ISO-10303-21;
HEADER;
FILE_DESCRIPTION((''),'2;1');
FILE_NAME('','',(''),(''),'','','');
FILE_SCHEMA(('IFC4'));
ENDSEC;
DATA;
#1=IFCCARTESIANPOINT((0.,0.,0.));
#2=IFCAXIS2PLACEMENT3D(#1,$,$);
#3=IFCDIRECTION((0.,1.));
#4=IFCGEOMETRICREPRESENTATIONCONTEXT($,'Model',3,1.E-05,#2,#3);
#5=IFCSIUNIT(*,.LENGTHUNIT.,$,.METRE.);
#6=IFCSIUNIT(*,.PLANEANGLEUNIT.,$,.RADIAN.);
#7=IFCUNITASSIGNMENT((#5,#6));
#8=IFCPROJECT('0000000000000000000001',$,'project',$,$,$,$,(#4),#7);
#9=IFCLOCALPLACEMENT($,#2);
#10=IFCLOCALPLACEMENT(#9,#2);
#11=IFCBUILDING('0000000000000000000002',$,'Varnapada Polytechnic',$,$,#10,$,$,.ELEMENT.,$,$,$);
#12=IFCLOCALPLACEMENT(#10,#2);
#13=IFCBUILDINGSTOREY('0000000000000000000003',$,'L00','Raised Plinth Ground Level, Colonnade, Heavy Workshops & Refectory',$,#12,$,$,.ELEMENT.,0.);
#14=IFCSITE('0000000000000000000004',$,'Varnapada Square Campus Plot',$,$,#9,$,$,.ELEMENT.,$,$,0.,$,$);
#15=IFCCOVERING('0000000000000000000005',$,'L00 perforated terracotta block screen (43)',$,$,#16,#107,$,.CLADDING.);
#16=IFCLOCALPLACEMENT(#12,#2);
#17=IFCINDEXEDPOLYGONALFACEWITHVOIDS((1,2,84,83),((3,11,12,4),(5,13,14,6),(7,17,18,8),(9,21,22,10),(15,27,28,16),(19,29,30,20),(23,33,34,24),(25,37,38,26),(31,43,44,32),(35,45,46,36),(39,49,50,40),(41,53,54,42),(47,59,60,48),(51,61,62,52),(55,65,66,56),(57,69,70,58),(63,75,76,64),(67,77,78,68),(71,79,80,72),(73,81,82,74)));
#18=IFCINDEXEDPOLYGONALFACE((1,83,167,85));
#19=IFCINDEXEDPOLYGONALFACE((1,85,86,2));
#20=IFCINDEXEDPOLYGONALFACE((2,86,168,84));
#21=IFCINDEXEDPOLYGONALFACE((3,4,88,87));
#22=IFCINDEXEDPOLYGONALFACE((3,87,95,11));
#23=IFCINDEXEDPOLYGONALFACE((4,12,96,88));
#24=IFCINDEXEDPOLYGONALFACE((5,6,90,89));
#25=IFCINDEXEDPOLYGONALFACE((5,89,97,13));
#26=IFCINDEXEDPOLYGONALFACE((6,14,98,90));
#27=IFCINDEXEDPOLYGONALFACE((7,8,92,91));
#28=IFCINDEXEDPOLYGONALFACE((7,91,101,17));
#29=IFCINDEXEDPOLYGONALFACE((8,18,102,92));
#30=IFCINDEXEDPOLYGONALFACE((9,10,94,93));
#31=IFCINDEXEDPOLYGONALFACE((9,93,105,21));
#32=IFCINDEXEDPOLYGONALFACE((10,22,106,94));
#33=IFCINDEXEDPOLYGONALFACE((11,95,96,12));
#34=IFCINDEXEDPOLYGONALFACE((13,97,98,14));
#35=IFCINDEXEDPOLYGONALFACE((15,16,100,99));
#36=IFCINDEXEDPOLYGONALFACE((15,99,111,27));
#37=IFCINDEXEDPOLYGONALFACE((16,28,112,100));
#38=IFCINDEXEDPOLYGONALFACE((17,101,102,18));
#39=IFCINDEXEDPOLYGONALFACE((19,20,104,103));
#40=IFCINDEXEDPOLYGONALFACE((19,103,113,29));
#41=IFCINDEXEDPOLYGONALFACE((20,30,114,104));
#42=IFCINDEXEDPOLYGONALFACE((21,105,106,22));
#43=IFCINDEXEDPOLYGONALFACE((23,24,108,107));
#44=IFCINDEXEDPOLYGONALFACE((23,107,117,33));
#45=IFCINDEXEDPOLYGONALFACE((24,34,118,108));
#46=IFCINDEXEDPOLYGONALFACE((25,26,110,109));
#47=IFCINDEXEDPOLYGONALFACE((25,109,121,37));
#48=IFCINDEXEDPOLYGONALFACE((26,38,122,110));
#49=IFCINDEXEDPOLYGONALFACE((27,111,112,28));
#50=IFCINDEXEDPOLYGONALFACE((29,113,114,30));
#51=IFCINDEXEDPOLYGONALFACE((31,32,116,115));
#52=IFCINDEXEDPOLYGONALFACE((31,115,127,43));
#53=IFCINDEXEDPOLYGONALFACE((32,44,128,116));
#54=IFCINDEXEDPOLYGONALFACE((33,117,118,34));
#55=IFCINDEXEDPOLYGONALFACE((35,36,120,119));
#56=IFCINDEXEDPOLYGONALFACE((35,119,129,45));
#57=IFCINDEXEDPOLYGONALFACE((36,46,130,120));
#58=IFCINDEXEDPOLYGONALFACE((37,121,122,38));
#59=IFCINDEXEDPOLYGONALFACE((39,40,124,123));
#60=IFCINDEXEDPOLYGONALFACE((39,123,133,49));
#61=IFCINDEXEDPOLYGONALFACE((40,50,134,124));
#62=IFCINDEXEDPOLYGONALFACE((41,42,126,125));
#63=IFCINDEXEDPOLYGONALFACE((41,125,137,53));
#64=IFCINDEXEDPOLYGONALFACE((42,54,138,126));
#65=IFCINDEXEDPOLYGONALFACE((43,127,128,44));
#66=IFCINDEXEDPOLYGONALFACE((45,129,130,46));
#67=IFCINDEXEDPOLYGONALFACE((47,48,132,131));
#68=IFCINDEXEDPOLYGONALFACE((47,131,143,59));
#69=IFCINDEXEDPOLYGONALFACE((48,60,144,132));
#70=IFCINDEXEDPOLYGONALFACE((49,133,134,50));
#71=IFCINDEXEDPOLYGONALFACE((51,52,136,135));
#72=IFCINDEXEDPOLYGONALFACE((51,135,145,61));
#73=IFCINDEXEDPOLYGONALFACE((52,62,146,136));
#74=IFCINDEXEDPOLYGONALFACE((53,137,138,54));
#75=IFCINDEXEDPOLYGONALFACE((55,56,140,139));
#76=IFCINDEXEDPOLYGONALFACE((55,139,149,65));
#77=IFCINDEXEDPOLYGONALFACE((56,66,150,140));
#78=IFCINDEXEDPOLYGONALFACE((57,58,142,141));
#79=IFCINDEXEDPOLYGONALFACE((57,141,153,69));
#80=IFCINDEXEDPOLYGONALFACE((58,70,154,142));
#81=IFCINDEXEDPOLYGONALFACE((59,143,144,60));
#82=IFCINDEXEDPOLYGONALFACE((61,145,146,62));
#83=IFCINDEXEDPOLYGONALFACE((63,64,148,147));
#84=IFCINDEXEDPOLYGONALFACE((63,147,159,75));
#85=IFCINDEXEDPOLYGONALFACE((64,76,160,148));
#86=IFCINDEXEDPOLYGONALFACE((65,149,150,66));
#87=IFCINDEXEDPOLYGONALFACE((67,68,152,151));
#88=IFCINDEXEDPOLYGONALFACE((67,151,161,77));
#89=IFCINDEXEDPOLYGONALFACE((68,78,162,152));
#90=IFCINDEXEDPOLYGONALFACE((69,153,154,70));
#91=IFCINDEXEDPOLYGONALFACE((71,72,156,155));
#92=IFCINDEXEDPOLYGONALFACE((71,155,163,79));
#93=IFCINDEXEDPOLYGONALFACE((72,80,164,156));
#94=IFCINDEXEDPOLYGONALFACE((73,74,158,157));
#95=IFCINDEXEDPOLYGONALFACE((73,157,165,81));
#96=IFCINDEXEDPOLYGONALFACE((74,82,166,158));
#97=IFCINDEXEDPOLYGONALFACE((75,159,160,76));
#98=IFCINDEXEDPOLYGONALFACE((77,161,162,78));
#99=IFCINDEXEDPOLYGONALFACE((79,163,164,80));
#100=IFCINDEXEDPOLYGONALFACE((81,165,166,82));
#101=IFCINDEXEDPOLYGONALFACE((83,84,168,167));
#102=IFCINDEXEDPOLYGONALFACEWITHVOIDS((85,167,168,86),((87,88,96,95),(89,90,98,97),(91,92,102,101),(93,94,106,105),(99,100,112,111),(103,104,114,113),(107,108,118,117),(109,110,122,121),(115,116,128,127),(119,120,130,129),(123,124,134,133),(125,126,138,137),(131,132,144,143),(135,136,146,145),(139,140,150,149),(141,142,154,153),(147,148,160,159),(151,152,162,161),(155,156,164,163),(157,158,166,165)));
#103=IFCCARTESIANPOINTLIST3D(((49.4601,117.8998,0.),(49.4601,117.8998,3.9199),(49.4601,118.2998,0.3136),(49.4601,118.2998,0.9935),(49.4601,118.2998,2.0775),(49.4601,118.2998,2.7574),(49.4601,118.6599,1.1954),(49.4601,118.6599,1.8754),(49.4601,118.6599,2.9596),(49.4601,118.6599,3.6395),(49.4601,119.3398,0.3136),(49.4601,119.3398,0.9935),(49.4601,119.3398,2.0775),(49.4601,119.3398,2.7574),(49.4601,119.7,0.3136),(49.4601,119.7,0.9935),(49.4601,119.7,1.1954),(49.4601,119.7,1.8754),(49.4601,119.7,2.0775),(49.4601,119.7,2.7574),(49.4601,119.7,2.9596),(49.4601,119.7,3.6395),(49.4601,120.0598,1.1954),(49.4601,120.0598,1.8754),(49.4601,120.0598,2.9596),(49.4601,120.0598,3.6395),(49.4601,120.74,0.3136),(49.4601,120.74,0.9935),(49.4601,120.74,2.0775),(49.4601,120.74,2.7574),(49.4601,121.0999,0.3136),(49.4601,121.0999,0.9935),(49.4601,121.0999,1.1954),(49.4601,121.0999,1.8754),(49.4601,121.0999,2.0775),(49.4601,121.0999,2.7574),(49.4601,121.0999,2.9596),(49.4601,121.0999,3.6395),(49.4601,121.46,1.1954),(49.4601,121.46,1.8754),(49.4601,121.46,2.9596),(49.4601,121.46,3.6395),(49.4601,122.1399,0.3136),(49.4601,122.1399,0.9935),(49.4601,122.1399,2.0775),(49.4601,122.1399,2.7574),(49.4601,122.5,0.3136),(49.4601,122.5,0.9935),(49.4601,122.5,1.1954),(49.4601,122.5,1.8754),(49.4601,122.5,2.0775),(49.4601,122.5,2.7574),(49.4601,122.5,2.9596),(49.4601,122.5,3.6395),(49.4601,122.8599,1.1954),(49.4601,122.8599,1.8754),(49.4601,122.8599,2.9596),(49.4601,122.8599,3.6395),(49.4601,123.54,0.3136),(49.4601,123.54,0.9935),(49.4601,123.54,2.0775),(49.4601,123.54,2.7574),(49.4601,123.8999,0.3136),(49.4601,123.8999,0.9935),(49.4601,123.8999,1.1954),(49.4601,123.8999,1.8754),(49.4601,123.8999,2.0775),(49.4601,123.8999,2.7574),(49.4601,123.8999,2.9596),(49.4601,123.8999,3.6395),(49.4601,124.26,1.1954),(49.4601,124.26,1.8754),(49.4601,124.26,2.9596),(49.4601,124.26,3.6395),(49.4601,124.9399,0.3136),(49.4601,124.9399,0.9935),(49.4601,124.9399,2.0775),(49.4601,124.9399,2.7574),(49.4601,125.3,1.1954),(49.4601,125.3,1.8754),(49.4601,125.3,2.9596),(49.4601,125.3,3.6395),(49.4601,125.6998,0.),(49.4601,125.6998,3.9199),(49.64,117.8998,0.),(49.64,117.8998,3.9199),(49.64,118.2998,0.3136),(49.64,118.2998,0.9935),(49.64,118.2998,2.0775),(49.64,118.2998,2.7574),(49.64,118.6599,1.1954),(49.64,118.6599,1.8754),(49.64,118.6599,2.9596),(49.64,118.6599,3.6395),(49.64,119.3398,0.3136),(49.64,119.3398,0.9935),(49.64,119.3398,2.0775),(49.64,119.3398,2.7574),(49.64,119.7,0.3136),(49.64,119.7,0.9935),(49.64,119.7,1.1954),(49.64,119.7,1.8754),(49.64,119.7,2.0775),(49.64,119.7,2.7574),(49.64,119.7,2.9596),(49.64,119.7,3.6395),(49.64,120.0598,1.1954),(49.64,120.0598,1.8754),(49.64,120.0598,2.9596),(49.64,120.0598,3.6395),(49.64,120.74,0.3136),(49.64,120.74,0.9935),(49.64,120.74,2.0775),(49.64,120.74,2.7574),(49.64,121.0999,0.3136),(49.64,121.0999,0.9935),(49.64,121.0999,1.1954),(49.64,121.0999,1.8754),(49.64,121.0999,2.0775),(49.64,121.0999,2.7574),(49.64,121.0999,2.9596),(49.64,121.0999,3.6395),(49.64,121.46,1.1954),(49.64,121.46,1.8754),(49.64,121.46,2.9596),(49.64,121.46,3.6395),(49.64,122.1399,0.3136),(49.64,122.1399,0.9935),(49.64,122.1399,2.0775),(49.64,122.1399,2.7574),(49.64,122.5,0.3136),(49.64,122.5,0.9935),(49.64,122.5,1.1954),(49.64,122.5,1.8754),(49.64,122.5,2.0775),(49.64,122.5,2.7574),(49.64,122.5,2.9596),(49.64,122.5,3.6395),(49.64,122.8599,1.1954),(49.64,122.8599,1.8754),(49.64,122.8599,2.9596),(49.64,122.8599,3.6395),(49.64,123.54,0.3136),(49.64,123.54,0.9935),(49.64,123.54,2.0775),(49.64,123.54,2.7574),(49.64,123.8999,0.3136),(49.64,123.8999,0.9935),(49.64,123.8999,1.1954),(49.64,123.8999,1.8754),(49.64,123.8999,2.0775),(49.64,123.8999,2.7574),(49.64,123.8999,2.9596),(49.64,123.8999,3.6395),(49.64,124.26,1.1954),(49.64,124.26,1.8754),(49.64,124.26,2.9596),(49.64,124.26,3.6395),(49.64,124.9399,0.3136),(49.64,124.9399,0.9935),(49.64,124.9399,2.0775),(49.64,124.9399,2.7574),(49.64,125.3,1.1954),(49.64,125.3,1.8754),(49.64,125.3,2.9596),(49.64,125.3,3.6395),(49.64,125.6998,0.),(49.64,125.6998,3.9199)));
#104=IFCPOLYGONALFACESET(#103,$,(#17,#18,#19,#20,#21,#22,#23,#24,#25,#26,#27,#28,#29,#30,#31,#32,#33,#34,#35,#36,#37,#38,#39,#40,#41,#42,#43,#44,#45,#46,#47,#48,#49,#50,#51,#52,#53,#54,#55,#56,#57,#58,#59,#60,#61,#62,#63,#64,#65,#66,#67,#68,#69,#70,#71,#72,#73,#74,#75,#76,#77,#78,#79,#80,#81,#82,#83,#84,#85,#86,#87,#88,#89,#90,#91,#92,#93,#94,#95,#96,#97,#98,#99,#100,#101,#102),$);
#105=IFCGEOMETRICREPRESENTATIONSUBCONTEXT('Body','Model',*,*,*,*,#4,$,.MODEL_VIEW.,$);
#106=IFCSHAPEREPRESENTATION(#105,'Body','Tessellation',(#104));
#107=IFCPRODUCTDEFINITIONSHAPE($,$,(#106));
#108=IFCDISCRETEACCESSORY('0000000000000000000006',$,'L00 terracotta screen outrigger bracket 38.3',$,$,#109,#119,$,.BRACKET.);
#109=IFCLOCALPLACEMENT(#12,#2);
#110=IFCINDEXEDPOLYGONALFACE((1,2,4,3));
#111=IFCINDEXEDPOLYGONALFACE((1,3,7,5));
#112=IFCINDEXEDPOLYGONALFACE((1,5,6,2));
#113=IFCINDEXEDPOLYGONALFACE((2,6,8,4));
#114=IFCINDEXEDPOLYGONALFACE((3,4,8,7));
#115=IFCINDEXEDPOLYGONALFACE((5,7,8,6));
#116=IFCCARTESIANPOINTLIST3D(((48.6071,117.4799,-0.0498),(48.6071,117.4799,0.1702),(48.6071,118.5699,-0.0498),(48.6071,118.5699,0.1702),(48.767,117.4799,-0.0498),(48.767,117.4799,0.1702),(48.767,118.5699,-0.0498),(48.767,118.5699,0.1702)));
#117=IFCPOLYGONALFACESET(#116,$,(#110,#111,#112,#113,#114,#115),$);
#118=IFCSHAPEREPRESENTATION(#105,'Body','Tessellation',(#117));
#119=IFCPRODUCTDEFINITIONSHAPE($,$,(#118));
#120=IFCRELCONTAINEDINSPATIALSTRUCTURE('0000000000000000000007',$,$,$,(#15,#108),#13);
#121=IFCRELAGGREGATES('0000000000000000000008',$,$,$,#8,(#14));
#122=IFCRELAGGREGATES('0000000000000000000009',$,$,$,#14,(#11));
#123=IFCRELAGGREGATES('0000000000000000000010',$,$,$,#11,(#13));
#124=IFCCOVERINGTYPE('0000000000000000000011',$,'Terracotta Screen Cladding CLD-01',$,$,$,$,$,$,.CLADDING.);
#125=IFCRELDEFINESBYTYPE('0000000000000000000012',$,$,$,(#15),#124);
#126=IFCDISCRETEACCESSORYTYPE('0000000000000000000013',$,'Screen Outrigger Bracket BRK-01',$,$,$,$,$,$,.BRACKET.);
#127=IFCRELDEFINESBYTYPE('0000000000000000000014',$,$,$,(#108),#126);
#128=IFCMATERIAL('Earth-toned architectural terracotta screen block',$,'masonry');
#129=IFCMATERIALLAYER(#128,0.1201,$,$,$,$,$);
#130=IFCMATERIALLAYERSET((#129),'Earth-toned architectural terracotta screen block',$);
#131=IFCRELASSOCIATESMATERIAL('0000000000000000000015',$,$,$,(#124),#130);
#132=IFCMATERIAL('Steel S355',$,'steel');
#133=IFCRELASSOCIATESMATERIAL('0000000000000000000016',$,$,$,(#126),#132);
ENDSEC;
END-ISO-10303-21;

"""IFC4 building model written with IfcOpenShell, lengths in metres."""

from ifc_helpers import new_model, si_unit, direction, frame, frame_2d, origin, origin_2d, place, context, subcontext, project, spatial, rectangle, extrude, material, layer, layer_set, type_object, element, save


model = new_model("IFC4")

# Units and contexts
model_context = context("Model", 3, precision=1e-05, world=origin(), true_north=direction((0.0, 1.0)))
body_context = subcontext(model_context, "Body", "Model", "MODEL_VIEW")
ifc_project = project(units=[si_unit("LENGTHUNIT", "METRE"), si_unit("PLANEANGLEUNIT", "RADIAN")], contexts=[model_context])

# Site, building, storey
site_placement = place(None, origin())
site = spatial("IfcSite", under=ifc_project, at=site_placement, Name="Varnapada Square Campus Plot", CompositionType="ELEMENT", RefElevation=0.0)
building_placement = place(site_placement, origin())
building = spatial("IfcBuilding", under=site, at=building_placement, Name="Varnapada Polytechnic", CompositionType="ELEMENT")
storey_placement = place(building_placement, origin())
storey = spatial("IfcBuildingStorey", under=building, at=storey_placement, Name="L00", Description="Raised Plinth Ground Level, Colonnade, Heavy Workshops & Refectory", CompositionType="ELEMENT", Elevation=0.0)

# Covering, openings
ifc_material_1 = material(Name="Earth-toned architectural terracotta screen block", Category="masonry")
ifc_layer = layer(ifc_material_1, 0.1201)
ifc_layer_set = layer_set([ifc_layer], Name="Earth-toned architectural terracotta screen block")
covering_type = type_object("IfcCoveringType", Name="Terracotta Screen Cladding CLD-01", PredefinedType="CLADDING", material=ifc_layer_set)
covering_placement = place(storey_placement, frame((49.55, 117.8999, 0.0), z_axis=(0.0, 0.0, 1.0), x_axis=(0.0, 1.0, 0.0)))
covering = element("IfcCovering", 1, at=covering_placement, inside=storey, type_object=covering_type, Name="L00 perforated terracotta block screen (43)", PredefinedType="CLADDING", context=body_context, shape_type="SweptSolid", body=[
    extrude(rectangle(XDim=7.8, YDim=0.1799, at=frame_2d((3.8999, 0.0))), origin(), (0.0, 0.0, 1.0), 3.9199),
])
opening_1_placement = place(covering_placement, frame((0.3999, 0.0, 0.3137)))
element("IfcOpeningElement", 2, at=opening_1_placement, cuts=covering, PredefinedType="OPENING", context=body_context, shape_type="SweptSolid", body=[
    extrude(rectangle(XDim=1.04, YDim=0.6799, at=frame_2d((0.52, 0.3398))), frame((0.0, 0.0999, 0.0), z_axis=(0.0, -1.0, 0.0), x_axis=(1.0, 0.0, 0.0)), (0.0, 0.0, 1.0), 0.2),
])
opening_2_placement = place(covering_placement, frame((1.8, 0.0, 0.3137)))
element("IfcOpeningElement", 3, at=opening_2_placement, cuts=covering, PredefinedType="OPENING", context=body_context, shape_type="SweptSolid", body=[
    extrude(rectangle(XDim=1.04, YDim=0.6799, at=frame_2d((0.52, 0.3398))), frame((0.0, 0.0999, 0.0), z_axis=(0.0, -1.0, 0.0), x_axis=(1.0, 0.0, 0.0)), (0.0, 0.0, 1.0), 0.2),
])
opening_3_placement = place(covering_placement, frame((3.2, 0.0, 0.3137)))
element("IfcOpeningElement", 4, at=opening_3_placement, cuts=covering, PredefinedType="OPENING", context=body_context, shape_type="SweptSolid", body=[
    extrude(rectangle(XDim=1.04, YDim=0.6799, at=frame_2d((0.52, 0.3398))), frame((0.0, 0.0999, 0.0), z_axis=(0.0, -1.0, 0.0), x_axis=(1.0, 0.0, 0.0)), (0.0, 0.0, 1.0), 0.2),
])
opening_4_placement = place(covering_placement, frame((4.6001, 0.0, 0.3137)))
element("IfcOpeningElement", 5, at=opening_4_placement, cuts=covering, PredefinedType="OPENING", context=body_context, shape_type="SweptSolid", body=[
    extrude(rectangle(XDim=1.04, YDim=0.6799, at=frame_2d((0.52, 0.3398))), frame((0.0, 0.0999, 0.0), z_axis=(0.0, -1.0, 0.0), x_axis=(1.0, 0.0, 0.0)), (0.0, 0.0, 1.0), 0.2),
])
opening_5_placement = place(covering_placement, frame((6.0, 0.0, 0.3137)))
element("IfcOpeningElement", 6, at=opening_5_placement, cuts=covering, PredefinedType="OPENING", context=body_context, shape_type="SweptSolid", body=[
    extrude(rectangle(XDim=1.04, YDim=0.6799, at=frame_2d((0.52, 0.3398))), frame((0.0, 0.0999, 0.0), z_axis=(0.0, -1.0, 0.0), x_axis=(1.0, 0.0, 0.0)), (0.0, 0.0, 1.0), 0.2),
])
opening_6_placement = place(covering_placement, frame((0.76, 0.0, 1.1956)))
element("IfcOpeningElement", 7, at=opening_6_placement, cuts=covering, PredefinedType="OPENING", context=body_context, shape_type="SweptSolid", body=[
    extrude(rectangle(XDim=1.04, YDim=0.6799, at=frame_2d((0.52, 0.3398))), frame((0.0, 0.0999, 0.0), z_axis=(0.0, -1.0, 0.0), x_axis=(1.0, 0.0, 0.0)), (0.0, 0.0, 1.0), 0.2),
])
opening_7_placement = place(covering_placement, frame((2.1599, 0.0, 1.1956)))
element("IfcOpeningElement", 8, at=opening_7_placement, cuts=covering, PredefinedType="OPENING", context=body_context, shape_type="SweptSolid", body=[
    extrude(rectangle(XDim=1.04, YDim=0.6799, at=frame_2d((0.52, 0.3398))), frame((0.0, 0.0999, 0.0), z_axis=(0.0, -1.0, 0.0), x_axis=(1.0, 0.0, 0.0)), (0.0, 0.0, 1.0), 0.2),
])
opening_8_placement = place(covering_placement, frame((3.5601, 0.0, 1.1956)))
element("IfcOpeningElement", 9, at=opening_8_placement, cuts=covering, PredefinedType="OPENING", context=body_context, shape_type="SweptSolid", body=[
    extrude(rectangle(XDim=1.04, YDim=0.6799, at=frame_2d((0.52, 0.3398))), frame((0.0, 0.0999, 0.0), z_axis=(0.0, -1.0, 0.0), x_axis=(1.0, 0.0, 0.0)), (0.0, 0.0, 1.0), 0.2),
])
opening_9_placement = place(covering_placement, frame((4.96, 0.0, 1.1956)))
element("IfcOpeningElement", 10, at=opening_9_placement, cuts=covering, PredefinedType="OPENING", context=body_context, shape_type="SweptSolid", body=[
    extrude(rectangle(XDim=1.04, YDim=0.6799, at=frame_2d((0.52, 0.3398))), frame((0.0, 0.0999, 0.0), z_axis=(0.0, -1.0, 0.0), x_axis=(1.0, 0.0, 0.0)), (0.0, 0.0, 1.0), 0.2),
])
opening_10_placement = place(covering_placement, frame((6.3601, 0.0, 1.1956)))
element("IfcOpeningElement", 11, at=opening_10_placement, cuts=covering, PredefinedType="OPENING", context=body_context, shape_type="SweptSolid", body=[
    extrude(rectangle(XDim=1.04, YDim=0.6799, at=frame_2d((0.52, 0.3398))), frame((0.0, 0.0999, 0.0), z_axis=(0.0, -1.0, 0.0), x_axis=(1.0, 0.0, 0.0)), (0.0, 0.0, 1.0), 0.2),
])
opening_11_placement = place(covering_placement, frame((0.3999, 0.0, 2.0776)))
element("IfcOpeningElement", 12, at=opening_11_placement, cuts=covering, PredefinedType="OPENING", context=body_context, shape_type="SweptSolid", body=[
    extrude(rectangle(XDim=1.04, YDim=0.6799, at=frame_2d((0.52, 0.3398))), frame((0.0, 0.0999, 0.0), z_axis=(0.0, -1.0, 0.0), x_axis=(1.0, 0.0, 0.0)), (0.0, 0.0, 1.0), 0.2),
])
opening_12_placement = place(covering_placement, frame((1.8, 0.0, 2.0776)))
element("IfcOpeningElement", 13, at=opening_12_placement, cuts=covering, PredefinedType="OPENING", context=body_context, shape_type="SweptSolid", body=[
    extrude(rectangle(XDim=1.04, YDim=0.6799, at=frame_2d((0.52, 0.3398))), frame((0.0, 0.0999, 0.0), z_axis=(0.0, -1.0, 0.0), x_axis=(1.0, 0.0, 0.0)), (0.0, 0.0, 1.0), 0.2),
])
opening_13_placement = place(covering_placement, frame((3.2, 0.0, 2.0776)))
element("IfcOpeningElement", 14, at=opening_13_placement, cuts=covering, PredefinedType="OPENING", context=body_context, shape_type="SweptSolid", body=[
    extrude(rectangle(XDim=1.04, YDim=0.6799, at=frame_2d((0.52, 0.3398))), frame((0.0, 0.0999, 0.0), z_axis=(0.0, -1.0, 0.0), x_axis=(1.0, 0.0, 0.0)), (0.0, 0.0, 1.0), 0.2),
])
opening_14_placement = place(covering_placement, frame((4.6001, 0.0, 2.0776)))
element("IfcOpeningElement", 15, at=opening_14_placement, cuts=covering, PredefinedType="OPENING", context=body_context, shape_type="SweptSolid", body=[
    extrude(rectangle(XDim=1.04, YDim=0.6799, at=frame_2d((0.52, 0.3398))), frame((0.0, 0.0999, 0.0), z_axis=(0.0, -1.0, 0.0), x_axis=(1.0, 0.0, 0.0)), (0.0, 0.0, 1.0), 0.2),
])
opening_15_placement = place(covering_placement, frame((6.0, 0.0, 2.0776)))
element("IfcOpeningElement", 16, at=opening_15_placement, cuts=covering, PredefinedType="OPENING", context=body_context, shape_type="SweptSolid", body=[
    extrude(rectangle(XDim=1.04, YDim=0.6799, at=frame_2d((0.52, 0.3398))), frame((0.0, 0.0999, 0.0), z_axis=(0.0, -1.0, 0.0), x_axis=(1.0, 0.0, 0.0)), (0.0, 0.0, 1.0), 0.2),
])
opening_16_placement = place(covering_placement, frame((0.76, 0.0, 2.9597)))
element("IfcOpeningElement", 17, at=opening_16_placement, cuts=covering, PredefinedType="OPENING", context=body_context, shape_type="SweptSolid", body=[
    extrude(rectangle(XDim=1.04, YDim=0.6799, at=frame_2d((0.52, 0.3398))), frame((0.0, 0.0999, 0.0), z_axis=(0.0, -1.0, 0.0), x_axis=(1.0, 0.0, 0.0)), (0.0, 0.0, 1.0), 0.2),
])
opening_17_placement = place(covering_placement, frame((2.1599, 0.0, 2.9597)))
element("IfcOpeningElement", 18, at=opening_17_placement, cuts=covering, PredefinedType="OPENING", context=body_context, shape_type="SweptSolid", body=[
    extrude(rectangle(XDim=1.04, YDim=0.6799, at=frame_2d((0.52, 0.3398))), frame((0.0, 0.0999, 0.0), z_axis=(0.0, -1.0, 0.0), x_axis=(1.0, 0.0, 0.0)), (0.0, 0.0, 1.0), 0.2),
])
opening_18_placement = place(covering_placement, frame((3.5601, 0.0, 2.9597)))
element("IfcOpeningElement", 19, at=opening_18_placement, cuts=covering, PredefinedType="OPENING", context=body_context, shape_type="SweptSolid", body=[
    extrude(rectangle(XDim=1.04, YDim=0.6799, at=frame_2d((0.52, 0.3398))), frame((0.0, 0.0999, 0.0), z_axis=(0.0, -1.0, 0.0), x_axis=(1.0, 0.0, 0.0)), (0.0, 0.0, 1.0), 0.2),
])
opening_19_placement = place(covering_placement, frame((4.96, 0.0, 2.9597)))
element("IfcOpeningElement", 20, at=opening_19_placement, cuts=covering, PredefinedType="OPENING", context=body_context, shape_type="SweptSolid", body=[
    extrude(rectangle(XDim=1.04, YDim=0.6799, at=frame_2d((0.52, 0.3398))), frame((0.0, 0.0999, 0.0), z_axis=(0.0, -1.0, 0.0), x_axis=(1.0, 0.0, 0.0)), (0.0, 0.0, 1.0), 0.2),
])
opening_20_placement = place(covering_placement, frame((6.3601, 0.0, 2.9597)))
element("IfcOpeningElement", 21, at=opening_20_placement, cuts=covering, PredefinedType="OPENING", context=body_context, shape_type="SweptSolid", body=[
    extrude(rectangle(XDim=1.04, YDim=0.6799, at=frame_2d((0.52, 0.3398))), frame((0.0, 0.0999, 0.0), z_axis=(0.0, -1.0, 0.0), x_axis=(1.0, 0.0, 0.0)), (0.0, 0.0, 1.0), 0.2),
])

# Discrete accessory
ifc_material_2 = material(Name="Steel S355", Category="steel")
discrete_accessory_type = type_object("IfcDiscreteAccessoryType", Name="Screen Outrigger Bracket BRK-01", PredefinedType="BRACKET", material=ifc_material_2)
discrete_accessory_placement = place(storey_placement, frame((48.687, 118.0249, -0.0498), z_axis=(0.0, 0.0, 1.0), x_axis=(1.0, 0.0, 0.0)))
element("IfcDiscreteAccessory", 22, at=discrete_accessory_placement, inside=storey, type_object=discrete_accessory_type, Name="L00 terracotta screen outrigger bracket 38.3", PredefinedType="BRACKET", context=body_context, shape_type="SweptSolid", body=[
    extrude(rectangle(XDim=0.1599, YDim=1.0901, at=origin_2d()), origin(), (0.0, 0.0, 1.0), 0.22),
])

save(model, "model.ifc")
